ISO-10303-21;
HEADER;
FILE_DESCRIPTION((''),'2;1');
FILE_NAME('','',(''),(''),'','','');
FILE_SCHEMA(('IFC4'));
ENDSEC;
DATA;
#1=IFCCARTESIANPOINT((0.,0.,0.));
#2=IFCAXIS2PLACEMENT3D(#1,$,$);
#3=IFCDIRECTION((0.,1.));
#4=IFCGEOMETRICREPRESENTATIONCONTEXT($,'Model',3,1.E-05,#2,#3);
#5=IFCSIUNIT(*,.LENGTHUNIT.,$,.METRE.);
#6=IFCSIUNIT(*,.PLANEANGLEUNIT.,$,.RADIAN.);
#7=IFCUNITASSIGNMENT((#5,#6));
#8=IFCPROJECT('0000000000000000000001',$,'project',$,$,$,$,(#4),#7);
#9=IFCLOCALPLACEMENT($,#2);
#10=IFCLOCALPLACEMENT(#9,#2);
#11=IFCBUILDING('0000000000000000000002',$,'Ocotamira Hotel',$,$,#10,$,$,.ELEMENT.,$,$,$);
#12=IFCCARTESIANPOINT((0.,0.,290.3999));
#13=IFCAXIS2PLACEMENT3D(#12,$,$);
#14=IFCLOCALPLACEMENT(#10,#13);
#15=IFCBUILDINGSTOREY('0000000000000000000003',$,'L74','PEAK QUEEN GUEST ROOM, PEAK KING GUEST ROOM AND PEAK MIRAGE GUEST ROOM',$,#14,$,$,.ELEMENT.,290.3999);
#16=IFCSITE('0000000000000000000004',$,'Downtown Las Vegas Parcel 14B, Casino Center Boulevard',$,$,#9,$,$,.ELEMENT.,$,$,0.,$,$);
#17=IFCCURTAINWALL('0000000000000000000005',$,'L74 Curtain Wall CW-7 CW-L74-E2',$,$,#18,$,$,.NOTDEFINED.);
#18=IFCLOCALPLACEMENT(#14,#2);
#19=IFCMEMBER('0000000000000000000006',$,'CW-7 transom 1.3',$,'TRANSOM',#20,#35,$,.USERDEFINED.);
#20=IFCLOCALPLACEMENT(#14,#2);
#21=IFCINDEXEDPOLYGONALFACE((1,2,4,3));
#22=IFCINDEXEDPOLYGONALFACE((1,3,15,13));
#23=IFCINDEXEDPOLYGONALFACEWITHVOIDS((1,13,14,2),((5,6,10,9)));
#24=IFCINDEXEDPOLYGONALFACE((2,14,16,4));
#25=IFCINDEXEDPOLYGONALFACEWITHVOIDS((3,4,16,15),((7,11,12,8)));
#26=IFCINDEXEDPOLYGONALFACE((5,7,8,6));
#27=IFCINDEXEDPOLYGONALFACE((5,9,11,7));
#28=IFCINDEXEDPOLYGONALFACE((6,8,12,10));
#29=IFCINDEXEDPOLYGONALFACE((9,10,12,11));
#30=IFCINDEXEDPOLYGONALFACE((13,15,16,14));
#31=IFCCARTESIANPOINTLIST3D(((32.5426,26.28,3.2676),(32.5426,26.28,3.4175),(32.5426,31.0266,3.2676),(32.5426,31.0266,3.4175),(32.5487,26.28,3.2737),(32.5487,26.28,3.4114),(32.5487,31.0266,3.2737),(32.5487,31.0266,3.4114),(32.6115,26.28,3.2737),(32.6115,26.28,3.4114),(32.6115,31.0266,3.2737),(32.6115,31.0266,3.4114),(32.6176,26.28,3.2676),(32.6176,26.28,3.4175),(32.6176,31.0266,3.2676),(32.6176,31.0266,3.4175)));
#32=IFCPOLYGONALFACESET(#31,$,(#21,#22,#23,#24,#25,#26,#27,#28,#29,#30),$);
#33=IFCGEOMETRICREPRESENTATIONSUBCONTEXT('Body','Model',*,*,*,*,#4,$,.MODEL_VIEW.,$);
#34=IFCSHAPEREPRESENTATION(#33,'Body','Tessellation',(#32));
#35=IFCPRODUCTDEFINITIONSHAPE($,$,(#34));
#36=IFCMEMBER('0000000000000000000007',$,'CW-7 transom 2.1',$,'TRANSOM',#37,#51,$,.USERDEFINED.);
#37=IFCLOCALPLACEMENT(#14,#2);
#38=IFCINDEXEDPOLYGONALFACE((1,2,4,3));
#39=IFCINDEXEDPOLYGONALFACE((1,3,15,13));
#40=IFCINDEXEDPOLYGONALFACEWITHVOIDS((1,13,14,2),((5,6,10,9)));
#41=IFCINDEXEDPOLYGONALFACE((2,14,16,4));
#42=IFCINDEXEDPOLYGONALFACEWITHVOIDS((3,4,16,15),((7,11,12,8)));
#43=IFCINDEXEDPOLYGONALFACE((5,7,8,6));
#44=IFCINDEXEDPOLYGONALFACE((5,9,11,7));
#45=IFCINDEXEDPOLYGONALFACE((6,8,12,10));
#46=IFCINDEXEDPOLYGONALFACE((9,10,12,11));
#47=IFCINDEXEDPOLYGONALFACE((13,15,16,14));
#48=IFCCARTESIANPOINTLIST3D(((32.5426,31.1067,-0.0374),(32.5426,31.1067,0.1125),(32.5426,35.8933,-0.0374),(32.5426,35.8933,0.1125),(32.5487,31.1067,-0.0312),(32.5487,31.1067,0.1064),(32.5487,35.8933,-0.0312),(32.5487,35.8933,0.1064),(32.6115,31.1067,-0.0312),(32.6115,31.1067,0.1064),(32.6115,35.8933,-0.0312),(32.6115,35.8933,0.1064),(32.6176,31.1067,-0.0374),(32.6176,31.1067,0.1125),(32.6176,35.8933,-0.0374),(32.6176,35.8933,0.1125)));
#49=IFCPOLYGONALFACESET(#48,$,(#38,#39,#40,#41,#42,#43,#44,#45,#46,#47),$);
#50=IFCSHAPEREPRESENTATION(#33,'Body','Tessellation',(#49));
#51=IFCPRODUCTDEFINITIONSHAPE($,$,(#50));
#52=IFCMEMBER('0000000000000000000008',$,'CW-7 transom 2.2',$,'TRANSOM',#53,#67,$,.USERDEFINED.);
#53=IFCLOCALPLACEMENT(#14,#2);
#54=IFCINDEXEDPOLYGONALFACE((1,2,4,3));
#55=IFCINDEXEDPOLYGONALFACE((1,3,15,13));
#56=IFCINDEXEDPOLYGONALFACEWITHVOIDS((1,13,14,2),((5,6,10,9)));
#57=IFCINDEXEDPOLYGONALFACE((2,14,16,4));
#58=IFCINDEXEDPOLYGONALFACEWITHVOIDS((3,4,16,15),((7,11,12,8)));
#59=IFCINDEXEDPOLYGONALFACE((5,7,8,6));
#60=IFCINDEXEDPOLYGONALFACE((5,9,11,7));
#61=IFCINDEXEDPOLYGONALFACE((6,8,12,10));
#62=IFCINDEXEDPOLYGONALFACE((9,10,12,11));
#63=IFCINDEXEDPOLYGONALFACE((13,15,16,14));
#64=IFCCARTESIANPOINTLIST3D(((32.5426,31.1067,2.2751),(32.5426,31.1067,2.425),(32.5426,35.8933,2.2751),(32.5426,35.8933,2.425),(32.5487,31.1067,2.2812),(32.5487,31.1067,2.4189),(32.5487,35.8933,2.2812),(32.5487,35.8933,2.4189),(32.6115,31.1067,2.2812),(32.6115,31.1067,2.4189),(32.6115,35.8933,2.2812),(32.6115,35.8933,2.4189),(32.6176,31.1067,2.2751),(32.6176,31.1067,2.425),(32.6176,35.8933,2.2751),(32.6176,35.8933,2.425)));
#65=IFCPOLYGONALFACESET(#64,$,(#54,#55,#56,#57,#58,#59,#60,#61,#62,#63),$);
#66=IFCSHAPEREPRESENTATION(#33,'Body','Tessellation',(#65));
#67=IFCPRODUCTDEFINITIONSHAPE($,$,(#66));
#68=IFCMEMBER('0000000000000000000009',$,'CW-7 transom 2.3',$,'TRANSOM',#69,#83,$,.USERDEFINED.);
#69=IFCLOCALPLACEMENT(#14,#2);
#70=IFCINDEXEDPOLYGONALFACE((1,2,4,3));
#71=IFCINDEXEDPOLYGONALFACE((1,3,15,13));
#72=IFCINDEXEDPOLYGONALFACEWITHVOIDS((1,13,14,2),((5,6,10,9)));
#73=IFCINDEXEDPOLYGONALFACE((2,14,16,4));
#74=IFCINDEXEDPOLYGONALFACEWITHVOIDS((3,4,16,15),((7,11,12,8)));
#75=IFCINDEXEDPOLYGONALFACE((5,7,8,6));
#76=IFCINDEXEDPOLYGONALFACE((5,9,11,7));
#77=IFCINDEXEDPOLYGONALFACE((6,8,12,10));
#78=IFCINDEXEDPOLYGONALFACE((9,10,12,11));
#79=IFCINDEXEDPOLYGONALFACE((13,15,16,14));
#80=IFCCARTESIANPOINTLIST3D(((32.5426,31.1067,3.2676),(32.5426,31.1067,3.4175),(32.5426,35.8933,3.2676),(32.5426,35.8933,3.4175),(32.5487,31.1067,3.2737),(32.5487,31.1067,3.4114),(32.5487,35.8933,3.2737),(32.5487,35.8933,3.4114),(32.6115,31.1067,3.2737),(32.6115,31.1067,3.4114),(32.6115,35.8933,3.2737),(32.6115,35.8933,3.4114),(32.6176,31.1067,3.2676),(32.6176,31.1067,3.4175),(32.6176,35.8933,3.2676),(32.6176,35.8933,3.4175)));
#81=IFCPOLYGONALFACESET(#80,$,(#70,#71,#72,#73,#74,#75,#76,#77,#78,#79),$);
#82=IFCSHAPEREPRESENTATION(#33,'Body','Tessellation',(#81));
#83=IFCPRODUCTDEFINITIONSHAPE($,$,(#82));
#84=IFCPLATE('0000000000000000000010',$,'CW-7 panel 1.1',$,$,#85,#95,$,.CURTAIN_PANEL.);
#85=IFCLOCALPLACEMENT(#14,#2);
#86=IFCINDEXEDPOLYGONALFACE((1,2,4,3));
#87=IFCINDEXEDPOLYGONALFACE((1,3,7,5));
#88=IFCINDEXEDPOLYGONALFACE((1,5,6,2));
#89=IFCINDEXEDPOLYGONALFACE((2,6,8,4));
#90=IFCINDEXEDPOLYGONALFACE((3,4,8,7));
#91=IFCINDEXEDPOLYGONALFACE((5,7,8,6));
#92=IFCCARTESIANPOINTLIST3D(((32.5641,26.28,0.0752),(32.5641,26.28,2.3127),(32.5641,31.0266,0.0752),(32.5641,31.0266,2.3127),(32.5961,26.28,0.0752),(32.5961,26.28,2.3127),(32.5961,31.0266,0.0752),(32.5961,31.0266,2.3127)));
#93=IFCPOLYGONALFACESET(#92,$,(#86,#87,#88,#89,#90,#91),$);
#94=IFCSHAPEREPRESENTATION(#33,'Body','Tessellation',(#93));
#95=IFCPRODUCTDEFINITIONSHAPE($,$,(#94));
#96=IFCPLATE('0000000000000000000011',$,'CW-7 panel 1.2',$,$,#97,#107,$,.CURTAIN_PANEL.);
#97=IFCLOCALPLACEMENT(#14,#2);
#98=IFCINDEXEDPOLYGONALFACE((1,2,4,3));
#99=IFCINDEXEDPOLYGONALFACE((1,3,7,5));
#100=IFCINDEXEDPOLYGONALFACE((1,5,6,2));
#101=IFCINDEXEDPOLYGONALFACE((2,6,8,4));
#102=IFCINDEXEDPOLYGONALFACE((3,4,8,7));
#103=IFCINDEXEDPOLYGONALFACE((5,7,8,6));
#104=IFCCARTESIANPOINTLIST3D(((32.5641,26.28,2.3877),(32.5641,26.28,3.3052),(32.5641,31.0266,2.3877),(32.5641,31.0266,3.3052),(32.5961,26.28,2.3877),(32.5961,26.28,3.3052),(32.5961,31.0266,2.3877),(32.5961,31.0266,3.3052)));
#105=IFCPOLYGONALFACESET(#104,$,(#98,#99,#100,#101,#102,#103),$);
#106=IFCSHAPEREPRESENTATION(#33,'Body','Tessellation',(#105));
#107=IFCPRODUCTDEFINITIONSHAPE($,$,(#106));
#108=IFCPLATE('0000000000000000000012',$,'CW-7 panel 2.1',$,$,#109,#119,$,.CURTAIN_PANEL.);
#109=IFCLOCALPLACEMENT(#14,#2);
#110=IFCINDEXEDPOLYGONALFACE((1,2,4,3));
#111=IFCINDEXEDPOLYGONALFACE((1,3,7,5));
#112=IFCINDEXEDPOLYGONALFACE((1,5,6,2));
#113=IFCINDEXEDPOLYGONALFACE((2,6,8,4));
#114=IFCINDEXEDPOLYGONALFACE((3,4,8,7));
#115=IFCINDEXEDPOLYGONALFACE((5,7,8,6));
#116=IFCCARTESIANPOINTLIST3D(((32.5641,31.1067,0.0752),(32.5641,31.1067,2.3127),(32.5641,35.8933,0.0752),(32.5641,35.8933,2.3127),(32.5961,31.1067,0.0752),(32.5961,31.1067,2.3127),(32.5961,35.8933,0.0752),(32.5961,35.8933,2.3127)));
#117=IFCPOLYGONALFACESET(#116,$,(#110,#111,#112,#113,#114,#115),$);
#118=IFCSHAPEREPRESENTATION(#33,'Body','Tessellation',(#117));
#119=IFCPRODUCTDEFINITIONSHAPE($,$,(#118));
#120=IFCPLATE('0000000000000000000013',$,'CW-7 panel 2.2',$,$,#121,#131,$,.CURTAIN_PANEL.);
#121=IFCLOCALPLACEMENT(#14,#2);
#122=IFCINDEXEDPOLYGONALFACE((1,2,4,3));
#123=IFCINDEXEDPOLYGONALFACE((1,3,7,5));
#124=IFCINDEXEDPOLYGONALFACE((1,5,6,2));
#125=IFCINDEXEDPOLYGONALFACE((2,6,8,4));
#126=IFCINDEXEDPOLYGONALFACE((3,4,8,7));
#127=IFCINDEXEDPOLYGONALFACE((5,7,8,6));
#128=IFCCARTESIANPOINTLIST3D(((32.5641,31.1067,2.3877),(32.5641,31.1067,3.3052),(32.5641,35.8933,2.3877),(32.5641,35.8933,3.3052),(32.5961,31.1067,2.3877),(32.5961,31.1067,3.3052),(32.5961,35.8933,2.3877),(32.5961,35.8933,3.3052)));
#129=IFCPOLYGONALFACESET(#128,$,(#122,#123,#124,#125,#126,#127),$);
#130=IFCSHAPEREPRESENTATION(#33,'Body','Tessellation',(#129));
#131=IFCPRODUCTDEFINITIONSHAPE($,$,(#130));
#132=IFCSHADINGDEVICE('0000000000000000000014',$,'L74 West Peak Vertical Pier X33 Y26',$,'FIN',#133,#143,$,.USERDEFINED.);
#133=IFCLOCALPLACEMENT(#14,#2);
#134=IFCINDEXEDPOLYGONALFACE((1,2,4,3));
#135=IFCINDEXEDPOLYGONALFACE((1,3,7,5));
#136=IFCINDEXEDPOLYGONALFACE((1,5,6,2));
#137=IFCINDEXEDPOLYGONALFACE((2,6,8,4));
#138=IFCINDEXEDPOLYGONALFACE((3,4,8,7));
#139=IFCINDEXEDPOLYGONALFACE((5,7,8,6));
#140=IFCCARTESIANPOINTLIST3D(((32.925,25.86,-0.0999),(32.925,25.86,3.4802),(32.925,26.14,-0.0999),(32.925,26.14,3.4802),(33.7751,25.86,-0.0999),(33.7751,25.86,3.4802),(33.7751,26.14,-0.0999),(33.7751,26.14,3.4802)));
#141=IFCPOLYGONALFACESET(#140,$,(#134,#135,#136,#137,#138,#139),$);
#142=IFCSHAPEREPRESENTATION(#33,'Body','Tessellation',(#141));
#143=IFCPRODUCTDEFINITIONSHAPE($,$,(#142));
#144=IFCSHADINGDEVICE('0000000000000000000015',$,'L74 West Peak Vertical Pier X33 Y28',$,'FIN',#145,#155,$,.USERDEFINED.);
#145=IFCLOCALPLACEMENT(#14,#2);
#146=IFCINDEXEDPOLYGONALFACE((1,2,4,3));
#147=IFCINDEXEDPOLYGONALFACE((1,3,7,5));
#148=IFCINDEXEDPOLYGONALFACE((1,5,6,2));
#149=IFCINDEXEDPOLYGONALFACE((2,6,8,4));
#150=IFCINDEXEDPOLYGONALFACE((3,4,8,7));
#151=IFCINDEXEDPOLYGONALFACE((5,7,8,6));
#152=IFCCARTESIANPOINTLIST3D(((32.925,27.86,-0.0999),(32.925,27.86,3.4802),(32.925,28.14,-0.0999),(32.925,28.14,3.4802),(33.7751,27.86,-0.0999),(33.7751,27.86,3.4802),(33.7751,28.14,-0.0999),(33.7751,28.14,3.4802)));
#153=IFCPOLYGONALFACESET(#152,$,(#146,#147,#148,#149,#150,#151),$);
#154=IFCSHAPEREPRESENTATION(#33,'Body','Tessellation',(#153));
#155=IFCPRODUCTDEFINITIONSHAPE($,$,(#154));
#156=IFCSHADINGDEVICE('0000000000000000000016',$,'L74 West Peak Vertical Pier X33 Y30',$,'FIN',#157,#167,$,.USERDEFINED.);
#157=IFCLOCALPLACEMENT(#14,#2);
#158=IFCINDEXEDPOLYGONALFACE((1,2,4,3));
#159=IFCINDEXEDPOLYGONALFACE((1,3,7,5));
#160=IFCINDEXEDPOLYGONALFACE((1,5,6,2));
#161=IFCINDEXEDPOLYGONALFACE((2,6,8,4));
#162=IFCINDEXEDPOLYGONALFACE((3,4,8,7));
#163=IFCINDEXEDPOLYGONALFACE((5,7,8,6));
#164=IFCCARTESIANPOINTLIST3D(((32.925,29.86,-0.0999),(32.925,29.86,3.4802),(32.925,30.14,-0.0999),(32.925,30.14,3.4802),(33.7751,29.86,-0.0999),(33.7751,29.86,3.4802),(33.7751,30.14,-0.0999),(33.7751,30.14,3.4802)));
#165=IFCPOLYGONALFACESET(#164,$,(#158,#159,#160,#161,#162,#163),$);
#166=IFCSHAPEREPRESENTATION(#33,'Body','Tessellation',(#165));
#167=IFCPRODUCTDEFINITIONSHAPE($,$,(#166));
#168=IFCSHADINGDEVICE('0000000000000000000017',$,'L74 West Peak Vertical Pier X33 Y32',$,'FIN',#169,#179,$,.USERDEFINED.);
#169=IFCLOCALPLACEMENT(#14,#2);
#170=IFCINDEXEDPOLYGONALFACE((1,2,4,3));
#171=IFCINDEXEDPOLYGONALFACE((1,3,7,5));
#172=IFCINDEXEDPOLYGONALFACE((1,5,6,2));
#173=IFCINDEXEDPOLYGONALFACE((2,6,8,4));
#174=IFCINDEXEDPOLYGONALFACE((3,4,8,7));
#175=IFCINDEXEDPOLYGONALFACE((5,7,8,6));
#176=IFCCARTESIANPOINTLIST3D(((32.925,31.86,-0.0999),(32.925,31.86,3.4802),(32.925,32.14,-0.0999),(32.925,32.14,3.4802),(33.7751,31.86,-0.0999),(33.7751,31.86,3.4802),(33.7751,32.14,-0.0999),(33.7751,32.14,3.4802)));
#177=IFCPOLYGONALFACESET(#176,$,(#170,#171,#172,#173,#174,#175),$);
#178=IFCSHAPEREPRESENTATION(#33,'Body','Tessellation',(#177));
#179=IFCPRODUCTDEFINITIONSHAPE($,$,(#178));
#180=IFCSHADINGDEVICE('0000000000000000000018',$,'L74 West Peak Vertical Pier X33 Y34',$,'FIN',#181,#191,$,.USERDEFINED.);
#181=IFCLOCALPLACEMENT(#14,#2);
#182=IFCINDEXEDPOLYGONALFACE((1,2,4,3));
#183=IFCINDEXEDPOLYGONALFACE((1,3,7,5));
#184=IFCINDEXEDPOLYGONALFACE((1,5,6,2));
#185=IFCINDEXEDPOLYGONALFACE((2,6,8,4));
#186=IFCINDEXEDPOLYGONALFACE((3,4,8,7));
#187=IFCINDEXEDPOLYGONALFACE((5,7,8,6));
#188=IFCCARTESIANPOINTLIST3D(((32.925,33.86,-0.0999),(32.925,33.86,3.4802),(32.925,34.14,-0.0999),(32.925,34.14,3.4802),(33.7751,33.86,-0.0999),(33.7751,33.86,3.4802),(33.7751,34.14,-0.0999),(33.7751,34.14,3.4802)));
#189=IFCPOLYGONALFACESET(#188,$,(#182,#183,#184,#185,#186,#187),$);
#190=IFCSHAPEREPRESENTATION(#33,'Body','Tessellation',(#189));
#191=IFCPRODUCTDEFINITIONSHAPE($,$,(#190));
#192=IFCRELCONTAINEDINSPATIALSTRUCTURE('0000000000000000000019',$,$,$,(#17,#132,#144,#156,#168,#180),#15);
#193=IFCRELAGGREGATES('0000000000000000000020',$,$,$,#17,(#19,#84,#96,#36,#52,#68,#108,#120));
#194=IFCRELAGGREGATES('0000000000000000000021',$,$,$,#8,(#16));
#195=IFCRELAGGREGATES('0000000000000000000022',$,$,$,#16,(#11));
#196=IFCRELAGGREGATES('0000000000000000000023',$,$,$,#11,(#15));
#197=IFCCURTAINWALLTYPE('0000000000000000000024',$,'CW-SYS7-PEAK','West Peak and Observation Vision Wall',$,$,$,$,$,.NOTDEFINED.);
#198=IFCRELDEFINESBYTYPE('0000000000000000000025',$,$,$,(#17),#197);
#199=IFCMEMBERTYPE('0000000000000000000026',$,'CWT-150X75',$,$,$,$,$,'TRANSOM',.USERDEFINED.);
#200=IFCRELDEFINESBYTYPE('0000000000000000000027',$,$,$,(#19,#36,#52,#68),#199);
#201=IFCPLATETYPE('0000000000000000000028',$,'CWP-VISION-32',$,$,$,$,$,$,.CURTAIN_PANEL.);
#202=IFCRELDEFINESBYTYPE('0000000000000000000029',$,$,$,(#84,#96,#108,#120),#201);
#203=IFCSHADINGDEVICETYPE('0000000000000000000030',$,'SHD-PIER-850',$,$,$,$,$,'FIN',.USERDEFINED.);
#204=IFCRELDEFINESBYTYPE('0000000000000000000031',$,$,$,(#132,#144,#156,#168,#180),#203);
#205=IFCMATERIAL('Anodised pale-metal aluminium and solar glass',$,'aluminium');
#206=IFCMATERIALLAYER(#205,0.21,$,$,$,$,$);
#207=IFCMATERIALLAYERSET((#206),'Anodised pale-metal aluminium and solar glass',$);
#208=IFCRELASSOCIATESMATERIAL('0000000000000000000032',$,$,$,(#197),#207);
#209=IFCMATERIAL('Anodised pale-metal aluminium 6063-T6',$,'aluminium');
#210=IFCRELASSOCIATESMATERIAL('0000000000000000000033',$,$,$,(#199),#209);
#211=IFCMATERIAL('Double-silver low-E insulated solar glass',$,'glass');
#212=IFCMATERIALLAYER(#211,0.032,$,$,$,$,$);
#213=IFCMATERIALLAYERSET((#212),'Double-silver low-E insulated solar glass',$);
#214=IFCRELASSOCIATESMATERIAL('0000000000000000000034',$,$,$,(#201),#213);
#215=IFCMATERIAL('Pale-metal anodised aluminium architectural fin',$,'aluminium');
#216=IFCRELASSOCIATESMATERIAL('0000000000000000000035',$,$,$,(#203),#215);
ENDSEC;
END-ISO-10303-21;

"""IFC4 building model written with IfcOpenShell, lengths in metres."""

from ifc_helpers import new_model, si_unit, direction, frame, origin, origin_2d, place, context, subcontext, project, spatial, rectangle, hollow_rectangle, extrude, source, transform, mapped, material, layer, layer_set, material_profile, profile_set, type_object, element, aggregate, save


model = new_model("IFC4")

# Units and contexts
model_context = context("Model", 3, precision=1e-05, world=origin(), true_north=direction((0.0, 1.0)))
body_context = subcontext(model_context, "Body", "Model", "MODEL_VIEW")
ifc_project = project(units=[si_unit("LENGTHUNIT", "METRE"), si_unit("PLANEANGLEUNIT", "RADIAN")], contexts=[model_context])

# Site, building, storey
site_placement = place(None, origin())
site = spatial("IfcSite", under=ifc_project, at=site_placement, Name="Downtown Las Vegas Parcel 14B, Casino Center Boulevard", CompositionType="ELEMENT", RefElevation=0.0)
building_placement = place(site_placement, origin())
building = spatial("IfcBuilding", under=site, at=building_placement, Name="Ocotamira Hotel", CompositionType="ELEMENT")
storey_placement = place(building_placement, frame((0.0, 0.0, 290.3999)))
storey = spatial("IfcBuildingStorey", under=building, at=storey_placement, Name="L74", Description="PEAK QUEEN GUEST ROOM, PEAK KING GUEST ROOM AND PEAK MIRAGE GUEST ROOM", CompositionType="ELEMENT", Elevation=290.3999)

# Shared definitions
ifc_material_1 = material(Name="Anodised pale-metal aluminium and solar glass", Category="aluminium")
ifc_layer_1 = layer(ifc_material_1, 0.21)
ifc_layer_set_1 = layer_set([ifc_layer_1], Name="Anodised pale-metal aluminium and solar glass")
curtain_wall_type = type_object("IfcCurtainWallType", Name="CW-SYS7-PEAK", Description="West Peak and Observation Vision Wall", PredefinedType="NOTDEFINED", material=ifc_layer_set_1)
ifc_material_2 = material(Name="Anodised pale-metal aluminium 6063-T6", Category="aluminium")

# Curtain wall, members, plates
curtain_wall_1_placement = place(storey_placement, origin())
curtain_wall_1 = element("IfcCurtainWall", 1, at=curtain_wall_1_placement, inside=storey, type_object=curtain_wall_type, Name="L74 Curtain Wall CW-7 CW-L74-E2", PredefinedType="NOTDEFINED")
ifc_material_profile_1 = material_profile(ifc_material_2, hollow_rectangle(XDim=0.075, YDim=0.1499, WallThickness=0.0061, at=origin_2d()), Name="HSS150X75X6")
ifc_profile_set_1 = profile_set([ifc_material_profile_1], Name="Anodised pale-metal aluminium 6063-T6")
member_type_1 = type_object("IfcMemberType", Name="CWT-150X75", ElementType="TRANSOM", PredefinedType="USERDEFINED", material=ifc_profile_set_1)
shared_shape_1 = source(origin(), body_context, "Body", "SweptSolid", [
    extrude(hollow_rectangle(XDim=0.075, YDim=0.1499, WallThickness=0.0061, at=origin_2d()), origin(), (0.0, 0.0, 1.0), 4.7466),
])
member_1_placement = place(storey_placement, frame((32.5801, 26.28, 3.3425), z_axis=(0.0, 1.0, 0.0), x_axis=(-1.0, 0.0, 0.0)))
member_1 = element("IfcMember", 2, at=member_1_placement, type_object=member_type_1, Name="CW-7 transom 1.3", ObjectType="TRANSOM", PredefinedType="USERDEFINED", context=body_context, shape_type="MappedRepresentation", body=[
    mapped(shared_shape_1, transform((0.0, 0.0, 0.0), scale=1.0)),
])
shared_shape_2 = source(origin(), body_context, "Body", "SweptSolid", [
    extrude(hollow_rectangle(XDim=0.075, YDim=0.1499, WallThickness=0.0061, at=origin_2d()), origin(), (0.0, 0.0, 1.0), 4.7866),
])
member_2_placement = place(storey_placement, frame((32.5801, 31.1067, 0.0376), z_axis=(0.0, 1.0, 0.0), x_axis=(-1.0, 0.0, 0.0)))
member_2 = element("IfcMember", 3, at=member_2_placement, type_object=member_type_1, Name="CW-7 transom 2.1", ObjectType="TRANSOM", PredefinedType="USERDEFINED", context=body_context, shape_type="MappedRepresentation", body=[
    mapped(shared_shape_2, transform((0.0, 0.0, 0.0), scale=1.0)),
])
member_3_placement = place(storey_placement, frame((32.5801, 31.1067, 2.3501), z_axis=(0.0, 1.0, 0.0), x_axis=(-1.0, 0.0, 0.0)))
member_3 = element("IfcMember", 4, at=member_3_placement, type_object=member_type_1, Name="CW-7 transom 2.2", ObjectType="TRANSOM", PredefinedType="USERDEFINED", context=body_context, shape_type="MappedRepresentation", body=[
    mapped(shared_shape_2, transform((0.0, 0.0, 0.0), scale=1.0)),
])
member_4_placement = place(storey_placement, frame((32.5801, 31.1067, 3.3425), z_axis=(0.0, 1.0, 0.0), x_axis=(-1.0, 0.0, 0.0)))
member_4 = element("IfcMember", 5, at=member_4_placement, type_object=member_type_1, Name="CW-7 transom 2.3", ObjectType="TRANSOM", PredefinedType="USERDEFINED", context=body_context, shape_type="MappedRepresentation", body=[
    mapped(shared_shape_2, transform((0.0, 0.0, 0.0), scale=1.0)),
])
ifc_material_3 = material(Name="Double-silver low-E insulated solar glass", Category="glass")
ifc_layer_2 = layer(ifc_material_3, 0.032)
ifc_layer_set_2 = layer_set([ifc_layer_2], Name="Double-silver low-E insulated solar glass")
plate_type = type_object("IfcPlateType", Name="CWP-VISION-32", PredefinedType="CURTAIN_PANEL", material=ifc_layer_set_2)
shared_shape_3 = source(origin(), body_context, "Body", "SweptSolid", [
    extrude(rectangle(XDim=4.7466, YDim=0.032, at=origin_2d()), origin(), (0.0, 0.0, 1.0), 2.2375),
])
plate_1_placement = place(storey_placement, frame((32.5801, 28.6533, 0.0752), z_axis=(0.0, 0.0, 1.0), x_axis=(0.0, 1.0, 0.0)))
plate_1 = element("IfcPlate", 6, at=plate_1_placement, type_object=plate_type, Name="CW-7 panel 1.1", PredefinedType="CURTAIN_PANEL", context=body_context, shape_type="MappedRepresentation", body=[
    mapped(shared_shape_3, transform((0.0, 0.0, 0.0), scale=1.0)),
])
shared_shape_4 = source(origin(), body_context, "Body", "SweptSolid", [
    extrude(rectangle(XDim=4.7466, YDim=0.032, at=origin_2d()), origin(), (0.0, 0.0, 1.0), 0.9175),
])
plate_2_placement = place(storey_placement, frame((32.5801, 28.6533, 2.3877), z_axis=(0.0, 0.0, 1.0), x_axis=(0.0, 1.0, 0.0)))
plate_2 = element("IfcPlate", 7, at=plate_2_placement, type_object=plate_type, Name="CW-7 panel 1.2", PredefinedType="CURTAIN_PANEL", context=body_context, shape_type="MappedRepresentation", body=[
    mapped(shared_shape_4, transform((0.0, 0.0, 0.0), scale=1.0)),
])
shared_shape_5 = source(origin(), body_context, "Body", "SweptSolid", [
    extrude(rectangle(XDim=4.7866, YDim=0.032, at=origin_2d()), origin(), (0.0, 0.0, 1.0), 2.2375),
])
plate_3_placement = place(storey_placement, frame((32.5801, 33.5, 0.0752), z_axis=(0.0, 0.0, 1.0), x_axis=(0.0, 1.0, 0.0)))
plate_3 = element("IfcPlate", 8, at=plate_3_placement, type_object=plate_type, Name="CW-7 panel 2.1", PredefinedType="CURTAIN_PANEL", context=body_context, shape_type="MappedRepresentation", body=[
    mapped(shared_shape_5, transform((0.0, 0.0, 0.0), scale=1.0)),
])
shared_shape_6 = source(origin(), body_context, "Body", "SweptSolid", [
    extrude(rectangle(XDim=4.7866, YDim=0.032, at=origin_2d()), origin(), (0.0, 0.0, 1.0), 0.9175),
])
plate_4_placement = place(storey_placement, frame((32.5801, 33.5, 2.3877), z_axis=(0.0, 0.0, 1.0), x_axis=(0.0, 1.0, 0.0)))
plate_4 = element("IfcPlate", 9, at=plate_4_placement, type_object=plate_type, Name="CW-7 panel 2.2", PredefinedType="CURTAIN_PANEL", context=body_context, shape_type="MappedRepresentation", body=[
    mapped(shared_shape_6, transform((0.0, 0.0, 0.0), scale=1.0)),
])
aggregate(curtain_wall_1, [member_1, plate_1, plate_2, member_2, member_3, member_4, plate_3, plate_4])

# Shading devices
ifc_material_4 = material(Name="Pale-metal anodised aluminium architectural fin", Category="aluminium")
shading_device_type = type_object("IfcShadingDeviceType", Name="SHD-PIER-850", ElementType="FIN", PredefinedType="USERDEFINED", material=ifc_material_4)
shared_shape_7 = source(origin(), body_context, "Body", "SweptSolid", [
    extrude(rectangle(XDim=0.8501, YDim=0.28, at=origin_2d()), origin(), (0.0, 0.0, 1.0), 3.5801),
])
for number, where, z_axis, x_axis, name in (
    (10, (33.3501, 26.0, -0.0999), (0.0, 0.0, 1.0), (1.0, 0.0, 0.0), "L74 West Peak Vertical Pier X33 Y26"),
    (11, (33.3501, 28.0, -0.0999), (0.0, 0.0, 1.0), (1.0, 0.0, 0.0), "L74 West Peak Vertical Pier X33 Y28"),
    (12, (33.3501, 30.0, -0.0999), (0.0, 0.0, 1.0), (1.0, 0.0, 0.0), "L74 West Peak Vertical Pier X33 Y30"),
    (13, (33.3501, 32.0, -0.0999), (0.0, 0.0, 1.0), (1.0, 0.0, 0.0), "L74 West Peak Vertical Pier X33 Y32"),
    (14, (33.3501, 34.0, -0.0999), (0.0, 0.0, 1.0), (1.0, 0.0, 0.0), "L74 West Peak Vertical Pier X33 Y34"),
):
    element("IfcShadingDevice", number, at=place(storey_placement, frame(where, z_axis=z_axis, x_axis=x_axis)), inside=storey, type_object=shading_device_type, Name=name, ObjectType="FIN", PredefinedType="USERDEFINED", context=body_context, shape_type="MappedRepresentation", body=[
        mapped(shared_shape_7, transform((0.0, 0.0, 0.0), scale=1.0)),
    ])

save(model, "model.ifc")
